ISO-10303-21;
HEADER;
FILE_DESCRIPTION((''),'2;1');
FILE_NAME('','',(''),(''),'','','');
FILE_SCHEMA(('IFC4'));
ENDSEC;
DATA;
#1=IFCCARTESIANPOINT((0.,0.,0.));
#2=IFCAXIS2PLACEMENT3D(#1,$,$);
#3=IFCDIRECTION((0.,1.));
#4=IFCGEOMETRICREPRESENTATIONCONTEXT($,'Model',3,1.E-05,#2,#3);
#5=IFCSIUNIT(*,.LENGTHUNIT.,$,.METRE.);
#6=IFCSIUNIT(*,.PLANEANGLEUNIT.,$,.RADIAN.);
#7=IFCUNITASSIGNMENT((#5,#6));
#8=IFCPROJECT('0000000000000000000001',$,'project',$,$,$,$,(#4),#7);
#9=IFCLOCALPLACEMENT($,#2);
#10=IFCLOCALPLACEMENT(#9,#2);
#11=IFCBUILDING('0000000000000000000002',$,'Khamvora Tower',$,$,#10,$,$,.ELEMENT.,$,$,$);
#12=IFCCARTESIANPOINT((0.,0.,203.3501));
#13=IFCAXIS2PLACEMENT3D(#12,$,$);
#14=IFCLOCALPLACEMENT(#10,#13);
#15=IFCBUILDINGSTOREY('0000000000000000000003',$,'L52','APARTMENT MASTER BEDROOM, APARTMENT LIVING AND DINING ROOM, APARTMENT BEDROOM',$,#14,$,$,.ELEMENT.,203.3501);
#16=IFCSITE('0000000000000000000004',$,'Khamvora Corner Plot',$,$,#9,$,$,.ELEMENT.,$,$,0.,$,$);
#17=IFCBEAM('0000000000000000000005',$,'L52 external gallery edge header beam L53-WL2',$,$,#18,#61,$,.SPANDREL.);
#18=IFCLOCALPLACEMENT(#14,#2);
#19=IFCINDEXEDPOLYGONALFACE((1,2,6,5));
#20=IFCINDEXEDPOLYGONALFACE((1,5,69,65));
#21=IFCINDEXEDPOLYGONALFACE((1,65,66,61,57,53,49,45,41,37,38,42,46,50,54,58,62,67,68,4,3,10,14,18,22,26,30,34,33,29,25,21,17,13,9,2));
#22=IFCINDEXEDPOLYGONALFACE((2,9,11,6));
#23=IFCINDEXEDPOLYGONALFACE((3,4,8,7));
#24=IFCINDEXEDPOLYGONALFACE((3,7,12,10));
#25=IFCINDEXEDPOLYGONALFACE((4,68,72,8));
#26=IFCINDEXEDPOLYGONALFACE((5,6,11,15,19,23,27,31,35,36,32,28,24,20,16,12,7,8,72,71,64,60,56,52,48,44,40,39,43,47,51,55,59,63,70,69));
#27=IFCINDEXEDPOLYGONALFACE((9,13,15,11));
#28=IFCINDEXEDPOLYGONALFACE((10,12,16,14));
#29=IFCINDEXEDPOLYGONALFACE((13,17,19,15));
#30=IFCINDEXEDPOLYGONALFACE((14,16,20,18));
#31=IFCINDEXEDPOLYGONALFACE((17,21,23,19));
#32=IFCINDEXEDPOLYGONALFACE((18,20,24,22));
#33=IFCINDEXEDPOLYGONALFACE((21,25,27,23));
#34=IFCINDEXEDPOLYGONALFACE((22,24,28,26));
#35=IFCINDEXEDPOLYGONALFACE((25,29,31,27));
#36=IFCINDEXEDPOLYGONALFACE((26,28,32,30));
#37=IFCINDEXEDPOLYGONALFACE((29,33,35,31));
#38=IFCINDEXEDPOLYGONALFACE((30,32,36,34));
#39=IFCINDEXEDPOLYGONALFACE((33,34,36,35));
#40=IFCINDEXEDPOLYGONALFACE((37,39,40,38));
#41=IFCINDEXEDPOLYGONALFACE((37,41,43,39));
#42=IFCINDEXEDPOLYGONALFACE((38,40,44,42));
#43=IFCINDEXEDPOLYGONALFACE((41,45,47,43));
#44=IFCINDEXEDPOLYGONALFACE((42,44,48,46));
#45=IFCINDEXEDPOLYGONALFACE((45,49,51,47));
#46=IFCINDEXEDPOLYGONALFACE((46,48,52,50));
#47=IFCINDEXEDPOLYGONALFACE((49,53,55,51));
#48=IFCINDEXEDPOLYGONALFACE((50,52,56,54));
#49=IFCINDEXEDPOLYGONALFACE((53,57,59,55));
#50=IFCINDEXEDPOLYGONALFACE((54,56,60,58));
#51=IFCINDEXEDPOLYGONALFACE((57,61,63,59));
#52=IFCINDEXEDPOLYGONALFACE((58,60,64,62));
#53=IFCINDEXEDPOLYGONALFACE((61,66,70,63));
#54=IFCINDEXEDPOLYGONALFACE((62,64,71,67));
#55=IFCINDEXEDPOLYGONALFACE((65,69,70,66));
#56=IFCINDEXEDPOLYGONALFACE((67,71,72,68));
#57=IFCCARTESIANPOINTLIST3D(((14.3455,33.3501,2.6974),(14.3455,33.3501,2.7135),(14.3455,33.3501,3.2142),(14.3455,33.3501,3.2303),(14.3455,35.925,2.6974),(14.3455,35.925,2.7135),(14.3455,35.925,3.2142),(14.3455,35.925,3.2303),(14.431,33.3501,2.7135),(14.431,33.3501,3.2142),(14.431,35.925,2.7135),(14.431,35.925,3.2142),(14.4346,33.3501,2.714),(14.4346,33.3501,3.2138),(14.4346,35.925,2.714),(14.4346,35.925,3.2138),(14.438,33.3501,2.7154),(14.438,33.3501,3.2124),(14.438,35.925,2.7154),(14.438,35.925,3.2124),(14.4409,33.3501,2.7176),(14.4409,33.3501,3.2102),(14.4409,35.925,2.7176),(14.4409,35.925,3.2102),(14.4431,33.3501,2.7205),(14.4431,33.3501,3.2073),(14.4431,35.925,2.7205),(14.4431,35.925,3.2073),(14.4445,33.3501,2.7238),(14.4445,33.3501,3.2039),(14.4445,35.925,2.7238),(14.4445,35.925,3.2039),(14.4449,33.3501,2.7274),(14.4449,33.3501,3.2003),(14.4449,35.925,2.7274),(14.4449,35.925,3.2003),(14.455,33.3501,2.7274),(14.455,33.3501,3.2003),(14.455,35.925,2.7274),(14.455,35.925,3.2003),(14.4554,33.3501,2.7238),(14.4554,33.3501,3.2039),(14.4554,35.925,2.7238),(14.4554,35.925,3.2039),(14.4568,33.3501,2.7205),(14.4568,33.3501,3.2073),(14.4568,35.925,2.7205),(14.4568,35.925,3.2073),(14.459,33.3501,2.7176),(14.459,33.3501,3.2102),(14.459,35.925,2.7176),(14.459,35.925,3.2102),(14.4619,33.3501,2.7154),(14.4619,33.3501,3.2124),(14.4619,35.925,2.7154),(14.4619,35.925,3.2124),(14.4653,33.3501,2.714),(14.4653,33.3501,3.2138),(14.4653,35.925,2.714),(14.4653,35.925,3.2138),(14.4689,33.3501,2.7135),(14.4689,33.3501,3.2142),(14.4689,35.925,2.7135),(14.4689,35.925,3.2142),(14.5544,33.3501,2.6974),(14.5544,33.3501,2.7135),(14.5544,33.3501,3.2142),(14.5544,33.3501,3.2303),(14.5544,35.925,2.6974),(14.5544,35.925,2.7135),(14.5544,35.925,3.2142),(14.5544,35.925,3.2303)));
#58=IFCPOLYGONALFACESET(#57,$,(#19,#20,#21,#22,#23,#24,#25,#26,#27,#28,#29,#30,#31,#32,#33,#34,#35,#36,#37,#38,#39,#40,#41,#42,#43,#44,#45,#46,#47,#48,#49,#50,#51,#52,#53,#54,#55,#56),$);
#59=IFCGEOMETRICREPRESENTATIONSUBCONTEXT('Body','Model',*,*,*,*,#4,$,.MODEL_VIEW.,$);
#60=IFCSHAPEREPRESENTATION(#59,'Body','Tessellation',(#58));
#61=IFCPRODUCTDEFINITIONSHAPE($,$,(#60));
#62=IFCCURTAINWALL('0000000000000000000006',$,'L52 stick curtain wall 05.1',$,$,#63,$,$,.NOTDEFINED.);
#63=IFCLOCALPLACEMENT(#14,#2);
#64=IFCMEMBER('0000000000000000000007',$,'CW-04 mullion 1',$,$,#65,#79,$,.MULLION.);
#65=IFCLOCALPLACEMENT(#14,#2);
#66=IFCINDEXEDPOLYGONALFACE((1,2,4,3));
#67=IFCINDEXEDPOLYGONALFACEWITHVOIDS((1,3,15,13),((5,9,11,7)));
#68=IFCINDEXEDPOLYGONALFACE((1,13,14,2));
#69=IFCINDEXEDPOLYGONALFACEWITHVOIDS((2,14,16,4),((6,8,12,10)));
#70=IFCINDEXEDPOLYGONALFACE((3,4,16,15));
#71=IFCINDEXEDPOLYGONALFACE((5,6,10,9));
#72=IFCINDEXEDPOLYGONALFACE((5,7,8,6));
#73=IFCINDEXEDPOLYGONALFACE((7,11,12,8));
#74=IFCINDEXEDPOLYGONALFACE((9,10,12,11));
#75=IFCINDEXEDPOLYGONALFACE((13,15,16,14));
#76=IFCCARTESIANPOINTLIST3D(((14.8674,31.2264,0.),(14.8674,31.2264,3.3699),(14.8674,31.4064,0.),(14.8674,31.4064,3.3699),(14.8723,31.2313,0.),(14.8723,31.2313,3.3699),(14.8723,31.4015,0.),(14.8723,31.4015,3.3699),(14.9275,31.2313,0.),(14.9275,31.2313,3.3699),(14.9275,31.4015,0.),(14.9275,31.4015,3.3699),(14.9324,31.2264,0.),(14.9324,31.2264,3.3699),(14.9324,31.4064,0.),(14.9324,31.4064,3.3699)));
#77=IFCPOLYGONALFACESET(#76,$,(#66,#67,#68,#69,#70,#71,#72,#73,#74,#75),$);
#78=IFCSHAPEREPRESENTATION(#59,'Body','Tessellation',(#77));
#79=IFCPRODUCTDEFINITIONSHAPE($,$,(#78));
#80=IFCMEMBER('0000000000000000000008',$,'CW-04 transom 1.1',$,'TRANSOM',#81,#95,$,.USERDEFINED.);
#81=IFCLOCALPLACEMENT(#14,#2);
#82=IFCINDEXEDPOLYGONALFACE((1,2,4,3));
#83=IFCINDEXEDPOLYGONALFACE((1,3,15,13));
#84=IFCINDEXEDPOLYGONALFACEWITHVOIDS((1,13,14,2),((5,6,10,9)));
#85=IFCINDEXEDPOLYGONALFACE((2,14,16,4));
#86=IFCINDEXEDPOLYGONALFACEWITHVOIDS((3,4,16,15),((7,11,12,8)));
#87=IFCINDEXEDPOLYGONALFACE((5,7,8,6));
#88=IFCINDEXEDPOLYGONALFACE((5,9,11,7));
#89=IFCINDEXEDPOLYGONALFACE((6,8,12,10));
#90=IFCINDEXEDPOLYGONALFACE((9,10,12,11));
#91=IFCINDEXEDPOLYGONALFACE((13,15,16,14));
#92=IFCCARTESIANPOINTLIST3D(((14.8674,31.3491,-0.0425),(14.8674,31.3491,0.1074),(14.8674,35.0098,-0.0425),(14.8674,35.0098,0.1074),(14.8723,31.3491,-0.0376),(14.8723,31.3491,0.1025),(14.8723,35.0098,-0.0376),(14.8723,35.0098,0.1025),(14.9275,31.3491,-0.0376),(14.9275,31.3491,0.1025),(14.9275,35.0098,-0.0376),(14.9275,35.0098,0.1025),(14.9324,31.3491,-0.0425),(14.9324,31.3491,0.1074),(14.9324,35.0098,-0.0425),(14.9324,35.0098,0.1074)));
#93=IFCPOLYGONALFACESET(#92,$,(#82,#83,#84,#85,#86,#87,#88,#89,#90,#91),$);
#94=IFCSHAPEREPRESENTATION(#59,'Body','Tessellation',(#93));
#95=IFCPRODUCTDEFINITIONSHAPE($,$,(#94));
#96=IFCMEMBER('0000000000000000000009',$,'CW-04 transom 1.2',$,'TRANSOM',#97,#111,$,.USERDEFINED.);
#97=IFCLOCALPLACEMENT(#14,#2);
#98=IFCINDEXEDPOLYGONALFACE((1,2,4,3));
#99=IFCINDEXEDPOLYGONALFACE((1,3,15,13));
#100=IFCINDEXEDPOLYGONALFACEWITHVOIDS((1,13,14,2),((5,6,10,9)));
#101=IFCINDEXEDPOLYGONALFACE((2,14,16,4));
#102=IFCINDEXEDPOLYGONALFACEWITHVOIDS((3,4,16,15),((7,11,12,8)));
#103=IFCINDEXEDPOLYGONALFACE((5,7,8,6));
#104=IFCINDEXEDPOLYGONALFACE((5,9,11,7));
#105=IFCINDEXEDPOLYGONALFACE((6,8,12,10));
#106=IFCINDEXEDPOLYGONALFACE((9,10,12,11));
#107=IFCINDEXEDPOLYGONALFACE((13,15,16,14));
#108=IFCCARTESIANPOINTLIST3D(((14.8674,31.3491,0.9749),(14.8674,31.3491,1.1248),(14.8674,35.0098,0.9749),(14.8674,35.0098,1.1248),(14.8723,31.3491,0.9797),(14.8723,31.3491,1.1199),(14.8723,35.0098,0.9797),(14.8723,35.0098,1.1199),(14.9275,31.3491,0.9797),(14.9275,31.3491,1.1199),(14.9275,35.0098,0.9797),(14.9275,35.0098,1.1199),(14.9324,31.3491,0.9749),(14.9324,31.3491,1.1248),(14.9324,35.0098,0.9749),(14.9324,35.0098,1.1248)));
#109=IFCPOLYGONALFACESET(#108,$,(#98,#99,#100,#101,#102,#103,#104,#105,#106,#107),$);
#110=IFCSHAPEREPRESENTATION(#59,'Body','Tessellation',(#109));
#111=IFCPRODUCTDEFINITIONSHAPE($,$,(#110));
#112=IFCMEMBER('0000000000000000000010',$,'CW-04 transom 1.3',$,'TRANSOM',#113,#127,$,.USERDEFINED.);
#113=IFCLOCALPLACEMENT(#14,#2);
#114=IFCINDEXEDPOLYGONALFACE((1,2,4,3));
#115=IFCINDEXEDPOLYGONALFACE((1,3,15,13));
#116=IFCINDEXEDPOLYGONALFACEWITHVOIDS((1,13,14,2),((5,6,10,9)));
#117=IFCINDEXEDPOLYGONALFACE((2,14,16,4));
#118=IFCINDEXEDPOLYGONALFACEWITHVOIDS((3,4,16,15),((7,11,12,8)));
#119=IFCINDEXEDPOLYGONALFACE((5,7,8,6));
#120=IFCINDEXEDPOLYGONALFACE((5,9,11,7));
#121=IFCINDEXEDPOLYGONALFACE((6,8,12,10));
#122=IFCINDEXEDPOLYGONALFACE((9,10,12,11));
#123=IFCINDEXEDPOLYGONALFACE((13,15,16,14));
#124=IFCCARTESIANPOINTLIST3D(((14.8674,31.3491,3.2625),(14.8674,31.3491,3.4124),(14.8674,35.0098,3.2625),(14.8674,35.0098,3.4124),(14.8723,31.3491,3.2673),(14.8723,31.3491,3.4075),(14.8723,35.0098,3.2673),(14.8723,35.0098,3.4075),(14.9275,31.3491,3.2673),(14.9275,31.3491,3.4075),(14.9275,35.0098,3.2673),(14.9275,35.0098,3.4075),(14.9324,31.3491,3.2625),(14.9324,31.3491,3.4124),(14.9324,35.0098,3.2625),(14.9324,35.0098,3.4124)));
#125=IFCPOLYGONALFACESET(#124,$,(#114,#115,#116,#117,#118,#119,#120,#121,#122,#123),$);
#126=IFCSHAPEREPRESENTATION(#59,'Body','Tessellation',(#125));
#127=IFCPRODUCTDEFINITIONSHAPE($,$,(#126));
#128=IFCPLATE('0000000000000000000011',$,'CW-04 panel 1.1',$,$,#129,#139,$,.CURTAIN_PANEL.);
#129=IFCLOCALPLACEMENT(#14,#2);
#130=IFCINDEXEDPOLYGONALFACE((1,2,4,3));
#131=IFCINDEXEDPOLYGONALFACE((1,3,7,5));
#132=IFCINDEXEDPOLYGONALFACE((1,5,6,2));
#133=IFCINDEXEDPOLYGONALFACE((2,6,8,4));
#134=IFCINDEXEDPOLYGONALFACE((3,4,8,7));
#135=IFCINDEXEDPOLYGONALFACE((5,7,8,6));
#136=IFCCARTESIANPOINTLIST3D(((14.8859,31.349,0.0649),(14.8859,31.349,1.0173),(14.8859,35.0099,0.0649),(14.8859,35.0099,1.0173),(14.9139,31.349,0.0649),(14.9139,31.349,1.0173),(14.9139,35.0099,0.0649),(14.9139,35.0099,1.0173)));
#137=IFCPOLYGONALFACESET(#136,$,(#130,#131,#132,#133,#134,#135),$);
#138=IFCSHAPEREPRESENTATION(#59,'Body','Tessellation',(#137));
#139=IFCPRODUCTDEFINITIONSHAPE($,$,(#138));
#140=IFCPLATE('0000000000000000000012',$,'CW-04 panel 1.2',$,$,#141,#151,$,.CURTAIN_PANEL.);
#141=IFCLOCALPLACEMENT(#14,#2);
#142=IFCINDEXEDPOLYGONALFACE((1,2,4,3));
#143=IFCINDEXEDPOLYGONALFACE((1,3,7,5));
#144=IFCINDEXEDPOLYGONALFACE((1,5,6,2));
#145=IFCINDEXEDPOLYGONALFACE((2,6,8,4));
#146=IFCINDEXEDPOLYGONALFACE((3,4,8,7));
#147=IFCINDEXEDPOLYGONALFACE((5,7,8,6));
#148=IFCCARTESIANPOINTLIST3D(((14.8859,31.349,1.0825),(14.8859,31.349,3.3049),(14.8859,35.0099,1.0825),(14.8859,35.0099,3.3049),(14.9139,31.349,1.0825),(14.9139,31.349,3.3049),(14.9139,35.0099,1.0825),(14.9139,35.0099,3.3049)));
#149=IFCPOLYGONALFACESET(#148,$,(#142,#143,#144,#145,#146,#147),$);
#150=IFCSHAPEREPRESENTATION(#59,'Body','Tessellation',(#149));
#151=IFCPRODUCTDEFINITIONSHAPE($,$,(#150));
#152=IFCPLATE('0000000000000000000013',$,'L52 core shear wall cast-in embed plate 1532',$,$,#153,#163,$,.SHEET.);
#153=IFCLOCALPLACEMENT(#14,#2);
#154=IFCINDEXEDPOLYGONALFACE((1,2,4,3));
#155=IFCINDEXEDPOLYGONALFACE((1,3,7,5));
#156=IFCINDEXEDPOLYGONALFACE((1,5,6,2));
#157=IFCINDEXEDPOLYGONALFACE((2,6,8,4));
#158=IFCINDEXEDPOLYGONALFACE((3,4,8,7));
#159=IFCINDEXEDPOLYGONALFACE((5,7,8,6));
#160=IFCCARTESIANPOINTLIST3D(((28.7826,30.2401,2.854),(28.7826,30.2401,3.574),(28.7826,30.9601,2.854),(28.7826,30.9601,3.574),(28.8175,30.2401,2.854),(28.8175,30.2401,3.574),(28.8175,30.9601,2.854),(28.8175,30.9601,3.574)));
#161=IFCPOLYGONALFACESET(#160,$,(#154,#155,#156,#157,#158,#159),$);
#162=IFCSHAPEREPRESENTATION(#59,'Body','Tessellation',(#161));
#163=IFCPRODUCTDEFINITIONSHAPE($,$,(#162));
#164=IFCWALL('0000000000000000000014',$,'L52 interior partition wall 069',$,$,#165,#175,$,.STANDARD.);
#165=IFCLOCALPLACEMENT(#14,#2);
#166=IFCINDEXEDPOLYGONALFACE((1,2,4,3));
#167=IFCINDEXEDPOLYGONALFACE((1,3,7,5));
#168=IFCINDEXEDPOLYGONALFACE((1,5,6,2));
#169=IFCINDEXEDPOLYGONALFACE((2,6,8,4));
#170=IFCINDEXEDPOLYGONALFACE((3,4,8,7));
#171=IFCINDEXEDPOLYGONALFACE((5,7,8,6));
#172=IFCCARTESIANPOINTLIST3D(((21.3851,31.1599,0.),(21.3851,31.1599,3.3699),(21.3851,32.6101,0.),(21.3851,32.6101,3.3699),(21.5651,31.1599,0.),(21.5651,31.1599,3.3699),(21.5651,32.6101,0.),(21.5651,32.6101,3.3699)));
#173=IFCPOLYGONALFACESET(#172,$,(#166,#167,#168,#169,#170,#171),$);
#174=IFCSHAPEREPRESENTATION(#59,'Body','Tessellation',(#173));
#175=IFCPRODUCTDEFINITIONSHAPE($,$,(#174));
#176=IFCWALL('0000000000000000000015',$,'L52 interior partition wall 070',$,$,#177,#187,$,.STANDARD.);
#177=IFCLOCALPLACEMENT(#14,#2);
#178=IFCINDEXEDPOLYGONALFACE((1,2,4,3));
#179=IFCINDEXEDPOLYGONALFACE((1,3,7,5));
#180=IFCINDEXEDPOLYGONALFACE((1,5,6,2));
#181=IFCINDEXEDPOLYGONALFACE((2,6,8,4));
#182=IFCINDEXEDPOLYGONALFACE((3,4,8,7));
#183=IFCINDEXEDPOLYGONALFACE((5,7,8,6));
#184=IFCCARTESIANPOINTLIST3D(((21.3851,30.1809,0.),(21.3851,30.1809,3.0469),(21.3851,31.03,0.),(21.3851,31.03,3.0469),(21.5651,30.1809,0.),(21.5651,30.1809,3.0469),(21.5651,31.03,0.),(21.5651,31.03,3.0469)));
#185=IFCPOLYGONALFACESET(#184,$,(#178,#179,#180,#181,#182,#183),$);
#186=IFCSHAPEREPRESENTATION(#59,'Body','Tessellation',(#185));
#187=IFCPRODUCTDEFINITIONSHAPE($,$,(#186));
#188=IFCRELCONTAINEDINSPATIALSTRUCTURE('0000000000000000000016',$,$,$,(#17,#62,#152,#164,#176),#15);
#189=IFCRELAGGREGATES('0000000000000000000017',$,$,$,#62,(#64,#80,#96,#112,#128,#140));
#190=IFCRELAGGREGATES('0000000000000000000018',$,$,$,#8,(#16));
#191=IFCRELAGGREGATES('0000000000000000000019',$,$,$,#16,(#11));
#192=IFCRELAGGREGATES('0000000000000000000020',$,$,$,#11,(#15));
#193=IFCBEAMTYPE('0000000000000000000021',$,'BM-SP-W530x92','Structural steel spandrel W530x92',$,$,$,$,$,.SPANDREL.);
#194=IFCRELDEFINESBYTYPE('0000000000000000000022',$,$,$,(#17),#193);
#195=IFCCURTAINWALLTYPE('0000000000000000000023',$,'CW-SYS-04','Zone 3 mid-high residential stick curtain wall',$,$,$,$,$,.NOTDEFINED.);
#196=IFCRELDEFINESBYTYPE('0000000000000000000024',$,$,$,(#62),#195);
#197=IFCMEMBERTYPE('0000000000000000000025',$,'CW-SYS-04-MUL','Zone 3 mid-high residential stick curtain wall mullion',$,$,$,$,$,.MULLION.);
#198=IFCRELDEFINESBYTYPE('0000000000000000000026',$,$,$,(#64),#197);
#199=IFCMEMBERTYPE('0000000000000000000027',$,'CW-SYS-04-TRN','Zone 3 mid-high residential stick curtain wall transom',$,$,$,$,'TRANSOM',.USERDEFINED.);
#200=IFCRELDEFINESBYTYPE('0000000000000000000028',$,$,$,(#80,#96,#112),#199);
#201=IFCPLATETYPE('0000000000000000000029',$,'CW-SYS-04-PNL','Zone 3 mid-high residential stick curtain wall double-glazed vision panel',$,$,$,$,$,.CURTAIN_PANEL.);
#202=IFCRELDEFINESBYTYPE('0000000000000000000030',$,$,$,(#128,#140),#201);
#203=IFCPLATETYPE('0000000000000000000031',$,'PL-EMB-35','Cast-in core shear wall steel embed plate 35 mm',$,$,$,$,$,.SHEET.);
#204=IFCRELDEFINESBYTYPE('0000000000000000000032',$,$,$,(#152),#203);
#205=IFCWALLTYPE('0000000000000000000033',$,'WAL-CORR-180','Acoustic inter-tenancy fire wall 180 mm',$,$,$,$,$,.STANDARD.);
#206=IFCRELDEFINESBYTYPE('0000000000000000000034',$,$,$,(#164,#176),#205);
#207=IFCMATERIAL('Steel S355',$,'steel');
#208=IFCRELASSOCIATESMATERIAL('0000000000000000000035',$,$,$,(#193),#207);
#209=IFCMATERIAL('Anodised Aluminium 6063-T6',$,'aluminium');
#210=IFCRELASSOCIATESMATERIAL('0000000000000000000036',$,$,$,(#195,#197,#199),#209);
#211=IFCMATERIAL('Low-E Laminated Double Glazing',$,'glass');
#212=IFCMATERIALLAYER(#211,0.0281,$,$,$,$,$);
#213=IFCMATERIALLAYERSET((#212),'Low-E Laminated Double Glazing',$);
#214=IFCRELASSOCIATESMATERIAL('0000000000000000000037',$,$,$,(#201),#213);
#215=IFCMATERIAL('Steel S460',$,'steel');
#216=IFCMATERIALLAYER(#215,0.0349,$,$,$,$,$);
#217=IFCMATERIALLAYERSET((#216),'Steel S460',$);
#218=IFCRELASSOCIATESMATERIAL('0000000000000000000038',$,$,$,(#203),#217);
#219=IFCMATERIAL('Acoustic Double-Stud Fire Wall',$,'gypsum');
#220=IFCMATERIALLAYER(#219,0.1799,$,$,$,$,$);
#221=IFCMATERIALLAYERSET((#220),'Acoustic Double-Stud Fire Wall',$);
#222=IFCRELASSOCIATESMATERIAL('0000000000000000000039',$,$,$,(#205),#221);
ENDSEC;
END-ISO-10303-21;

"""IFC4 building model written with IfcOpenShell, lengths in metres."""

from ifc_helpers import new_model, si_unit, direction, frame, frame_2d, origin, origin_2d, place, context, subcontext, project, spatial, rectangle, hollow_rectangle, i_section, extrude, material, layer, layer_set, material_profile, profile_set, type_object, element, aggregate, save


model = new_model("IFC4")

# Units and contexts
model_context = context("Model", 3, precision=1e-05, world=origin(), true_north=direction((0.0, 1.0)))
body_context = subcontext(model_context, "Body", "Model", "MODEL_VIEW")
ifc_project = project(units=[si_unit("LENGTHUNIT", "METRE"), si_unit("PLANEANGLEUNIT", "RADIAN")], contexts=[model_context])

# Site, building, storey
site_placement = place(None, origin())
site = spatial("IfcSite", under=ifc_project, at=site_placement, Name="Khamvora Corner Plot", CompositionType="ELEMENT", RefElevation=0.0)
building_placement = place(site_placement, origin())
building = spatial("IfcBuilding", under=site, at=building_placement, Name="Khamvora Tower", CompositionType="ELEMENT")
storey_placement = place(building_placement, frame((0.0, 0.0, 203.3501)))
storey = spatial("IfcBuildingStorey", under=building, at=storey_placement, Name="L52", Description="APARTMENT MASTER BEDROOM, APARTMENT LIVING AND DINING ROOM, APARTMENT BEDROOM", CompositionType="ELEMENT", Elevation=203.3501)

# Beam
ifc_material_1 = material(Name="Steel S355", Category="steel")
ifc_material_profile_1 = material_profile(ifc_material_1, i_section(OverallWidth=0.209, OverallDepth=0.533, WebThickness=0.01, FlangeThickness=0.0161, FilletRadius=0.0139, at=origin_2d()), Name="W530x92")
ifc_profile_set_1 = profile_set([ifc_material_profile_1], Name="Steel S355")
beam_type_1 = type_object("IfcBeamType", Name="BM-SP-W530x92", Description="Structural steel spandrel W530x92", PredefinedType="SPANDREL", material=ifc_profile_set_1)
beam_1_placement = place(storey_placement, frame((14.45, 33.3501, 2.9639), z_axis=(0.0, 1.0, 0.0), x_axis=(-1.0, 0.0, 0.0)))
element("IfcBeam", 1, at=beam_1_placement, inside=storey, type_object=beam_type_1, Name="L52 external gallery edge header beam L53-WL2", PredefinedType="SPANDREL", context=body_context, shape_type="SweptSolid", body=[
    extrude(i_section(OverallWidth=0.209, OverallDepth=0.533, WebThickness=0.01, FlangeThickness=0.0161, FilletRadius=0.0139, at=origin_2d()), origin(), (0.0, 0.0, 1.0), 2.575),
])

# Curtain wall, members, plates
ifc_material_2 = material(Name="Anodised Aluminium 6063-T6", Category="aluminium")
curtain_wall_type = type_object("IfcCurtainWallType", Name="CW-SYS-04", Description="Zone 3 mid-high residential stick curtain wall", PredefinedType="NOTDEFINED", material=ifc_material_2)
curtain_wall_placement = place(storey_placement, origin())
curtain_wall = element("IfcCurtainWall", 2, at=curtain_wall_placement, inside=storey, type_object=curtain_wall_type, Name="L52 stick curtain wall 05.1", PredefinedType="NOTDEFINED")
ifc_material_profile_2 = material_profile(ifc_material_2, hollow_rectangle(XDim=0.0649, YDim=0.1799, WallThickness=0.0049, at=origin_2d()), Name="MUL65x180x5")
ifc_profile_set_2 = profile_set([ifc_material_profile_2], Name="Anodised Aluminium 6063-T6")
member_type_1 = type_object("IfcMemberType", Name="CW-SYS-04-MUL", Description="Zone 3 mid-high residential stick curtain wall mullion", PredefinedType="MULLION", material=ifc_profile_set_2)
member_1_placement = place(storey_placement, frame((14.8999, 31.3164, 0.0), z_axis=(0.0, 0.0, 1.0), x_axis=(-1.0, 0.0, 0.0)))
member_1 = element("IfcMember", 3, at=member_1_placement, type_object=member_type_1, Name="CW-04 mullion 1", PredefinedType="MULLION", context=body_context, shape_type="SweptSolid", body=[
    extrude(hollow_rectangle(XDim=0.0649, YDim=0.1799, WallThickness=0.0049, at=origin_2d()), origin(), (0.0, 0.0, 1.0), 3.3699),
])
ifc_material_profile_3 = material_profile(ifc_material_2, hollow_rectangle(XDim=0.0649, YDim=0.1499, WallThickness=0.0049, at=origin_2d()), Name="TRN65x150x5")
ifc_profile_set_3 = profile_set([ifc_material_profile_3], Name="Anodised Aluminium 6063-T6")
member_type_2 = type_object("IfcMemberType", Name="CW-SYS-04-TRN", Description="Zone 3 mid-high residential stick curtain wall transom", ElementType="TRANSOM", PredefinedType="USERDEFINED", material=ifc_profile_set_3)
member_2_placement = place(storey_placement, frame((14.8999, 31.3491, 0.0325), z_axis=(0.0, 1.0, 0.0), x_axis=(-1.0, 0.0, 0.0)))
member_2 = element("IfcMember", 4, at=member_2_placement, type_object=member_type_2, Name="CW-04 transom 1.1", ObjectType="TRANSOM", PredefinedType="USERDEFINED", context=body_context, shape_type="SweptSolid", body=[
    extrude(hollow_rectangle(XDim=0.0649, YDim=0.1499, WallThickness=0.0049, at=origin_2d()), origin(), (0.0, 0.0, 1.0), 3.6606),
])
member_3_placement = place(storey_placement, frame((14.8999, 31.3491, 1.0498), z_axis=(0.0, 1.0, 0.0), x_axis=(-1.0, 0.0, 0.0)))
member_3 = element("IfcMember", 5, at=member_3_placement, type_object=member_type_2, Name="CW-04 transom 1.2", ObjectType="TRANSOM", PredefinedType="USERDEFINED", context=body_context, shape_type="SweptSolid", body=[
    extrude(hollow_rectangle(XDim=0.0649, YDim=0.1499, WallThickness=0.0049, at=origin_2d()), origin(), (0.0, 0.0, 1.0), 3.6606),
])
member_4_placement = place(storey_placement, frame((14.8999, 31.3491, 3.3374), z_axis=(0.0, 1.0, 0.0), x_axis=(-1.0, 0.0, 0.0)))
member_4 = element("IfcMember", 6, at=member_4_placement, type_object=member_type_2, Name="CW-04 transom 1.3", ObjectType="TRANSOM", PredefinedType="USERDEFINED", context=body_context, shape_type="SweptSolid", body=[
    extrude(hollow_rectangle(XDim=0.0649, YDim=0.1499, WallThickness=0.0049, at=origin_2d()), origin(), (0.0, 0.0, 1.0), 3.6606),
])
ifc_material_3 = material(Name="Low-E Laminated Double Glazing", Category="glass")
ifc_layer_1 = layer(ifc_material_3, 0.0281)
ifc_layer_set_1 = layer_set([ifc_layer_1], Name="Low-E Laminated Double Glazing")
plate_type_1 = type_object("IfcPlateType", Name="CW-SYS-04-PNL", Description="Zone 3 mid-high residential stick curtain wall double-glazed vision panel", PredefinedType="CURTAIN_PANEL", material=ifc_layer_set_1)
plate_1_placement = place(storey_placement, frame((14.8999, 33.1794, 0.0649), z_axis=(0.0, 0.0, 1.0), x_axis=(0.0, 1.0, 0.0)))
plate_1 = element("IfcPlate", 7, at=plate_1_placement, type_object=plate_type_1, Name="CW-04 panel 1.1", PredefinedType="CURTAIN_PANEL", context=body_context, shape_type="SweptSolid", body=[
    extrude(rectangle(XDim=3.6609, YDim=0.0281, at=origin_2d()), origin(), (0.0, 0.0, 1.0), 0.9524),
])
plate_2_placement = place(storey_placement, frame((14.8999, 33.1794, 1.0825), z_axis=(0.0, 0.0, 1.0), x_axis=(0.0, 1.0, 0.0)))
plate_2 = element("IfcPlate", 8, at=plate_2_placement, type_object=plate_type_1, Name="CW-04 panel 1.2", PredefinedType="CURTAIN_PANEL", context=body_context, shape_type="SweptSolid", body=[
    extrude(rectangle(XDim=3.6609, YDim=0.0281, at=origin_2d()), origin(), (0.0, 0.0, 1.0), 2.2224),
])
aggregate(curtain_wall, [member_1, member_2, member_3, member_4, plate_1, plate_2])

# Plate
ifc_material_4 = material(Name="Steel S460", Category="steel")
ifc_layer_2 = layer(ifc_material_4, 0.0349)
ifc_layer_set_2 = layer_set([ifc_layer_2], Name="Steel S460")
plate_type_2 = type_object("IfcPlateType", Name="PL-EMB-35", Description="Cast-in core shear wall steel embed plate 35 mm", PredefinedType="SHEET", material=ifc_layer_set_2)
plate_3_placement = place(storey_placement, frame((28.8, 30.6001, 2.854), z_axis=(0.0, 0.0, 1.0), x_axis=(1.0, 0.0, 0.0)))
element("IfcPlate", 9, at=plate_3_placement, inside=storey, type_object=plate_type_2, Name="L52 core shear wall cast-in embed plate 1532", PredefinedType="SHEET", context=body_context, shape_type="SweptSolid", body=[
    extrude(rectangle(XDim=0.0349, YDim=0.72, at=origin_2d()), origin(), (0.0, 0.0, 1.0), 0.72),
])

# Walls
ifc_material_5 = material(Name="Acoustic Double-Stud Fire Wall", Category="gypsum")
ifc_layer_3 = layer(ifc_material_5, 0.1799)
ifc_layer_set_3 = layer_set([ifc_layer_3], Name="Acoustic Double-Stud Fire Wall")
wall_type_1 = type_object("IfcWallType", Name="WAL-CORR-180", Description="Acoustic inter-tenancy fire wall 180 mm", PredefinedType="STANDARD", material=ifc_layer_set_3)
wall_1_placement = place(storey_placement, frame((21.4751, 32.6101, 0.0), z_axis=(0.0, 0.0, 1.0), x_axis=(0.0, -1.0, 0.0)))
element("IfcWall", 10, at=wall_1_placement, inside=storey, type_object=wall_type_1, Name="L52 interior partition wall 069", PredefinedType="STANDARD", context=body_context, shape_type="SweptSolid", body=[
    extrude(rectangle(XDim=1.4502, YDim=0.1799, at=frame_2d((0.7251, 0.0))), origin(), (0.0, 0.0, 1.0), 3.3699),
])
wall_2_placement = place(storey_placement, frame((21.4751, 31.03, 0.0), z_axis=(0.0, 0.0, 1.0), x_axis=(0.0, -1.0, 0.0)))
element("IfcWall", 11, at=wall_2_placement, inside=storey, type_object=wall_type_1, Name="L52 interior partition wall 070", PredefinedType="STANDARD", context=body_context, shape_type="SweptSolid", body=[
    extrude(rectangle(XDim=0.8491, YDim=0.1799, at=frame_2d((0.4246, 0.0))), origin(), (0.0, 0.0, 1.0), 3.0469),
])

save(model, "model.ifc")
